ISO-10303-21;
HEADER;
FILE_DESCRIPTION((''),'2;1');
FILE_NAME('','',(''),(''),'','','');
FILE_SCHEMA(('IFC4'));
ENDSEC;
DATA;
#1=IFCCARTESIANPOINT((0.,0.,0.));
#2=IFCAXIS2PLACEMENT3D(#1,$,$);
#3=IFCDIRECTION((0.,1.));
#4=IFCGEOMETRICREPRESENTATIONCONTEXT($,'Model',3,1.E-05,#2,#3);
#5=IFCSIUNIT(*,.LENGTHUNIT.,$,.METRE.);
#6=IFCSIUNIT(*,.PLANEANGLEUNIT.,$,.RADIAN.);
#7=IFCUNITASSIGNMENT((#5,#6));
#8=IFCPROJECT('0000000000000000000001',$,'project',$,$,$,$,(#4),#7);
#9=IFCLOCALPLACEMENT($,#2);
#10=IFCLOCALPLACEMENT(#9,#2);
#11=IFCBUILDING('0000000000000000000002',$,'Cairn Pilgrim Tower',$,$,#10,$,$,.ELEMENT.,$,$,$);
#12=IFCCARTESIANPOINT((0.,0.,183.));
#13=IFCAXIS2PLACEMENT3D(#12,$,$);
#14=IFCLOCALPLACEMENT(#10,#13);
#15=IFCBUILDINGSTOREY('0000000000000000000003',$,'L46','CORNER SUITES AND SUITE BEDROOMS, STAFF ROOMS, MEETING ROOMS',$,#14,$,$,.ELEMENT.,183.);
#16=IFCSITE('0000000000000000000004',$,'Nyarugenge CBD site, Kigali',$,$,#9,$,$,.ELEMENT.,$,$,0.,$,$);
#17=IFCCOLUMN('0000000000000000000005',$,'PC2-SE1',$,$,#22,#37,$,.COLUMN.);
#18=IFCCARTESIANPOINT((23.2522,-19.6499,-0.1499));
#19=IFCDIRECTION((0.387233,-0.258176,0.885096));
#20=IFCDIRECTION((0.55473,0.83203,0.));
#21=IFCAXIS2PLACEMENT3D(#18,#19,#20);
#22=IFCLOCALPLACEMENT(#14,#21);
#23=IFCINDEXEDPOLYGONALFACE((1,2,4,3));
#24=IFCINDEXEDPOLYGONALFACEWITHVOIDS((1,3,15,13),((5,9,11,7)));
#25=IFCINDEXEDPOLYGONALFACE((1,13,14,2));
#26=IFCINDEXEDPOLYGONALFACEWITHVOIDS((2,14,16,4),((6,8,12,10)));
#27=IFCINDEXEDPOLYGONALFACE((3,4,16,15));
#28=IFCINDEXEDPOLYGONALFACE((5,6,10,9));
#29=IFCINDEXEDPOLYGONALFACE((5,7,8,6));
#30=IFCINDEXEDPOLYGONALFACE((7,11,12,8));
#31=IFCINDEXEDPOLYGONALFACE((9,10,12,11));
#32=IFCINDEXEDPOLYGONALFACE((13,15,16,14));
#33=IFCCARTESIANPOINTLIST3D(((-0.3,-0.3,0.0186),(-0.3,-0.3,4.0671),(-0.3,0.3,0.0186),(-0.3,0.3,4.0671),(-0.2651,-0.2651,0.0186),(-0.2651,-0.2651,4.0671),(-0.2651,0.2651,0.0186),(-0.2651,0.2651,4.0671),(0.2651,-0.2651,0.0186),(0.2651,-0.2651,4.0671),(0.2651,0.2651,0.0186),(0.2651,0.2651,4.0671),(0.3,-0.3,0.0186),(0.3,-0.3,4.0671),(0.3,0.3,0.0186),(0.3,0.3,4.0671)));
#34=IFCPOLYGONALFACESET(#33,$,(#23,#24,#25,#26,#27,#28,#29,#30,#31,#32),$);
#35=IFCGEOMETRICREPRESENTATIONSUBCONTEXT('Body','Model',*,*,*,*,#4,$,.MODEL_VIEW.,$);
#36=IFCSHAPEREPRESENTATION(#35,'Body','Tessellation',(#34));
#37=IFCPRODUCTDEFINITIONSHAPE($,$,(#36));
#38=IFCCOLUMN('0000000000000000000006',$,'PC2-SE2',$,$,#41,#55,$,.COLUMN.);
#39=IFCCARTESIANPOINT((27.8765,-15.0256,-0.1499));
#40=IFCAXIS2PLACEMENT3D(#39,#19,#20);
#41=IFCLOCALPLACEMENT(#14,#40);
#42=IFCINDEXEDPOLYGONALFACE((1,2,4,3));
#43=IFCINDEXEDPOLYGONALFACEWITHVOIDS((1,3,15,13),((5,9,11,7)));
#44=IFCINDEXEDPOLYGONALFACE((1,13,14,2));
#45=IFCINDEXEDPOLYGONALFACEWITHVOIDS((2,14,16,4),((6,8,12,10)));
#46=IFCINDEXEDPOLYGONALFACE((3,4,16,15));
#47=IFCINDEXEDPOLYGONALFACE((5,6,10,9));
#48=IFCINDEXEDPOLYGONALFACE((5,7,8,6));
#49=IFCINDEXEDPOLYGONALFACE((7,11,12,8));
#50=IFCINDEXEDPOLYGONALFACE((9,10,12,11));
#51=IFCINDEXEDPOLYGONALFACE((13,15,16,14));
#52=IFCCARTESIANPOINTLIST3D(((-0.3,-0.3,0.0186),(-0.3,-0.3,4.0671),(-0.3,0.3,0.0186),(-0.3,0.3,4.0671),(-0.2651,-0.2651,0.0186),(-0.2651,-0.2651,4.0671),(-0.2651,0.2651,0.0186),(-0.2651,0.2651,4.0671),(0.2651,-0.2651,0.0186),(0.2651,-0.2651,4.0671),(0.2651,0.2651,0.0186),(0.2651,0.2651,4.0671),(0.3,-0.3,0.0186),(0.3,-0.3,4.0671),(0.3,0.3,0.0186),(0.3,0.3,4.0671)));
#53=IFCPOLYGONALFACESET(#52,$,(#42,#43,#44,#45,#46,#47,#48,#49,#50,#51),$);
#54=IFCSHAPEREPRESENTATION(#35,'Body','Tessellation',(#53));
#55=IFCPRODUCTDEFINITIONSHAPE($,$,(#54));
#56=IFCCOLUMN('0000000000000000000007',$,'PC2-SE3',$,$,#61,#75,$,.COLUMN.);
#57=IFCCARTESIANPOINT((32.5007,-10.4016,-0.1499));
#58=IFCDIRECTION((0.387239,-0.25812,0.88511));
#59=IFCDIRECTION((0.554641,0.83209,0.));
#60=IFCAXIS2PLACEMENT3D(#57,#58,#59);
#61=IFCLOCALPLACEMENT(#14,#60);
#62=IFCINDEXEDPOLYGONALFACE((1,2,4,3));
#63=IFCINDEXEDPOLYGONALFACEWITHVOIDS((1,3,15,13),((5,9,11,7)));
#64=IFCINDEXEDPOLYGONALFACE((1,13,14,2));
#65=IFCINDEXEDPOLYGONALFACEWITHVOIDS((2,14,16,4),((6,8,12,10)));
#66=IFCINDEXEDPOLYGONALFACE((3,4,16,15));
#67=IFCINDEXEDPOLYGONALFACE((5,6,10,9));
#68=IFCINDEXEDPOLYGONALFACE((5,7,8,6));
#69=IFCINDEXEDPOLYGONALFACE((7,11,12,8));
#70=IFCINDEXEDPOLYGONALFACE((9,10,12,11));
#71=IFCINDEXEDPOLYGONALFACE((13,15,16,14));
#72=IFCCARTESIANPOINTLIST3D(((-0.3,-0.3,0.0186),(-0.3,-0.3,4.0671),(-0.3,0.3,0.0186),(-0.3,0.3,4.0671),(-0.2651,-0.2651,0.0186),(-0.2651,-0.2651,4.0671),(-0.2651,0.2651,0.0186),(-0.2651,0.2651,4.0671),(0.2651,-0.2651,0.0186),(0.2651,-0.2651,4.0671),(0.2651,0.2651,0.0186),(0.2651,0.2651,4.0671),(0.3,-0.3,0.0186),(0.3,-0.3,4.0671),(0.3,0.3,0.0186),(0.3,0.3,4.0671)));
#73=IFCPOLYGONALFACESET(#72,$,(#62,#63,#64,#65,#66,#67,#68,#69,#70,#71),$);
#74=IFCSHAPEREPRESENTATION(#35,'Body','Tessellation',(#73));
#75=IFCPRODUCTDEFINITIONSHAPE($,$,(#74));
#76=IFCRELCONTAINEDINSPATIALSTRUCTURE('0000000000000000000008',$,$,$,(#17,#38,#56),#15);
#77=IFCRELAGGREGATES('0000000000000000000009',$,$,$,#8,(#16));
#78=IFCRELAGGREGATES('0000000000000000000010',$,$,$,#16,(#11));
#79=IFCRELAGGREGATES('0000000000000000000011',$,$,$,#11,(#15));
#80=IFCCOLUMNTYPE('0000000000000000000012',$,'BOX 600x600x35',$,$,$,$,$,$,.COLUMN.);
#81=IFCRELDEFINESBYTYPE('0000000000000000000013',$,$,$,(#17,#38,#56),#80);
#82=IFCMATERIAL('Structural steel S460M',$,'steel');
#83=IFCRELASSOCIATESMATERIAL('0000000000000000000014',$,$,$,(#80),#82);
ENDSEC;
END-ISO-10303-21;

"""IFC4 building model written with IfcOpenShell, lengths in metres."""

from ifc_helpers import new_model, si_unit, direction, frame, origin, origin_2d, place, context, subcontext, project, spatial, hollow_rectangle, extrude, clip, halfspace, material, material_profile, profile_set, type_object, element, save


model = new_model("IFC4")

# Units and contexts
model_context = context("Model", 3, precision=1e-05, world=origin(), true_north=direction((0.0, 1.0)))
body_context = subcontext(model_context, "Body", "Model", "MODEL_VIEW")
ifc_project = project(units=[si_unit("LENGTHUNIT", "METRE"), si_unit("PLANEANGLEUNIT", "RADIAN")], contexts=[model_context])

# Site, building, storey
site_placement = place(None, origin())
site = spatial("IfcSite", under=ifc_project, at=site_placement, Name="Nyarugenge CBD site, Kigali", CompositionType="ELEMENT", RefElevation=0.0)
building_placement = place(site_placement, origin())
building = spatial("IfcBuilding", under=site, at=building_placement, Name="Cairn Pilgrim Tower", CompositionType="ELEMENT")
storey_placement = place(building_placement, frame((0.0, 0.0, 183.0)))
storey = spatial("IfcBuildingStorey", under=building, at=storey_placement, Name="L46", Description="CORNER SUITES AND SUITE BEDROOMS, STAFF ROOMS, MEETING ROOMS", CompositionType="ELEMENT", Elevation=183.0)

# Columns
ifc_material_1 = material(Name="Structural steel S460M", Category="steel")
ifc_material_profile_1 = material_profile(ifc_material_1, hollow_rectangle(XDim=0.6001, YDim=0.6001, WallThickness=0.0349, at=origin_2d()), Name="BOX 600x600x35")
ifc_profile_set_1 = profile_set([ifc_material_profile_1], Name="Structural steel S460M")
column_type = type_object("IfcColumnType", Name="BOX 600x600x35", PredefinedType="COLUMN", material=ifc_profile_set_1)
for number, where, z_axis, x_axis, name in (
    (1, (23.2522, -19.6499, -0.1499), (0.387233, -0.258176, 0.885096), (0.55473, 0.83203, 0.0), "PC2-SE1"),
    (2, (27.8765, -15.0256, -0.1499), (0.387233, -0.258176, 0.885096), (0.55473, 0.83203, 0.0), "PC2-SE2"),
    (3, (32.5007, -10.4016, -0.1499), (0.387239, -0.25812, 0.88511), (0.554641, 0.83209, 0.0), "PC2-SE3"),
):
    element("IfcColumn", number, at=place(storey_placement, frame(where, z_axis=z_axis, x_axis=x_axis)), inside=storey, type_object=column_type, Name=name, PredefinedType="COLUMN", context=body_context, shape_type="Clipping", body=[
        clip(extrude(hollow_rectangle(XDim=0.6001, YDim=0.6001, WallThickness=0.0349, at=origin_2d()), origin(), (0.0, 0.0, 1.0), 4.0671), halfspace(frame((0.0, 0.0, 0.0186), z_axis=(0.0, 0.0, 1.0), x_axis=(1.0, 0.0, 0.0)), True)),
    ])

save(model, "model.ifc")
